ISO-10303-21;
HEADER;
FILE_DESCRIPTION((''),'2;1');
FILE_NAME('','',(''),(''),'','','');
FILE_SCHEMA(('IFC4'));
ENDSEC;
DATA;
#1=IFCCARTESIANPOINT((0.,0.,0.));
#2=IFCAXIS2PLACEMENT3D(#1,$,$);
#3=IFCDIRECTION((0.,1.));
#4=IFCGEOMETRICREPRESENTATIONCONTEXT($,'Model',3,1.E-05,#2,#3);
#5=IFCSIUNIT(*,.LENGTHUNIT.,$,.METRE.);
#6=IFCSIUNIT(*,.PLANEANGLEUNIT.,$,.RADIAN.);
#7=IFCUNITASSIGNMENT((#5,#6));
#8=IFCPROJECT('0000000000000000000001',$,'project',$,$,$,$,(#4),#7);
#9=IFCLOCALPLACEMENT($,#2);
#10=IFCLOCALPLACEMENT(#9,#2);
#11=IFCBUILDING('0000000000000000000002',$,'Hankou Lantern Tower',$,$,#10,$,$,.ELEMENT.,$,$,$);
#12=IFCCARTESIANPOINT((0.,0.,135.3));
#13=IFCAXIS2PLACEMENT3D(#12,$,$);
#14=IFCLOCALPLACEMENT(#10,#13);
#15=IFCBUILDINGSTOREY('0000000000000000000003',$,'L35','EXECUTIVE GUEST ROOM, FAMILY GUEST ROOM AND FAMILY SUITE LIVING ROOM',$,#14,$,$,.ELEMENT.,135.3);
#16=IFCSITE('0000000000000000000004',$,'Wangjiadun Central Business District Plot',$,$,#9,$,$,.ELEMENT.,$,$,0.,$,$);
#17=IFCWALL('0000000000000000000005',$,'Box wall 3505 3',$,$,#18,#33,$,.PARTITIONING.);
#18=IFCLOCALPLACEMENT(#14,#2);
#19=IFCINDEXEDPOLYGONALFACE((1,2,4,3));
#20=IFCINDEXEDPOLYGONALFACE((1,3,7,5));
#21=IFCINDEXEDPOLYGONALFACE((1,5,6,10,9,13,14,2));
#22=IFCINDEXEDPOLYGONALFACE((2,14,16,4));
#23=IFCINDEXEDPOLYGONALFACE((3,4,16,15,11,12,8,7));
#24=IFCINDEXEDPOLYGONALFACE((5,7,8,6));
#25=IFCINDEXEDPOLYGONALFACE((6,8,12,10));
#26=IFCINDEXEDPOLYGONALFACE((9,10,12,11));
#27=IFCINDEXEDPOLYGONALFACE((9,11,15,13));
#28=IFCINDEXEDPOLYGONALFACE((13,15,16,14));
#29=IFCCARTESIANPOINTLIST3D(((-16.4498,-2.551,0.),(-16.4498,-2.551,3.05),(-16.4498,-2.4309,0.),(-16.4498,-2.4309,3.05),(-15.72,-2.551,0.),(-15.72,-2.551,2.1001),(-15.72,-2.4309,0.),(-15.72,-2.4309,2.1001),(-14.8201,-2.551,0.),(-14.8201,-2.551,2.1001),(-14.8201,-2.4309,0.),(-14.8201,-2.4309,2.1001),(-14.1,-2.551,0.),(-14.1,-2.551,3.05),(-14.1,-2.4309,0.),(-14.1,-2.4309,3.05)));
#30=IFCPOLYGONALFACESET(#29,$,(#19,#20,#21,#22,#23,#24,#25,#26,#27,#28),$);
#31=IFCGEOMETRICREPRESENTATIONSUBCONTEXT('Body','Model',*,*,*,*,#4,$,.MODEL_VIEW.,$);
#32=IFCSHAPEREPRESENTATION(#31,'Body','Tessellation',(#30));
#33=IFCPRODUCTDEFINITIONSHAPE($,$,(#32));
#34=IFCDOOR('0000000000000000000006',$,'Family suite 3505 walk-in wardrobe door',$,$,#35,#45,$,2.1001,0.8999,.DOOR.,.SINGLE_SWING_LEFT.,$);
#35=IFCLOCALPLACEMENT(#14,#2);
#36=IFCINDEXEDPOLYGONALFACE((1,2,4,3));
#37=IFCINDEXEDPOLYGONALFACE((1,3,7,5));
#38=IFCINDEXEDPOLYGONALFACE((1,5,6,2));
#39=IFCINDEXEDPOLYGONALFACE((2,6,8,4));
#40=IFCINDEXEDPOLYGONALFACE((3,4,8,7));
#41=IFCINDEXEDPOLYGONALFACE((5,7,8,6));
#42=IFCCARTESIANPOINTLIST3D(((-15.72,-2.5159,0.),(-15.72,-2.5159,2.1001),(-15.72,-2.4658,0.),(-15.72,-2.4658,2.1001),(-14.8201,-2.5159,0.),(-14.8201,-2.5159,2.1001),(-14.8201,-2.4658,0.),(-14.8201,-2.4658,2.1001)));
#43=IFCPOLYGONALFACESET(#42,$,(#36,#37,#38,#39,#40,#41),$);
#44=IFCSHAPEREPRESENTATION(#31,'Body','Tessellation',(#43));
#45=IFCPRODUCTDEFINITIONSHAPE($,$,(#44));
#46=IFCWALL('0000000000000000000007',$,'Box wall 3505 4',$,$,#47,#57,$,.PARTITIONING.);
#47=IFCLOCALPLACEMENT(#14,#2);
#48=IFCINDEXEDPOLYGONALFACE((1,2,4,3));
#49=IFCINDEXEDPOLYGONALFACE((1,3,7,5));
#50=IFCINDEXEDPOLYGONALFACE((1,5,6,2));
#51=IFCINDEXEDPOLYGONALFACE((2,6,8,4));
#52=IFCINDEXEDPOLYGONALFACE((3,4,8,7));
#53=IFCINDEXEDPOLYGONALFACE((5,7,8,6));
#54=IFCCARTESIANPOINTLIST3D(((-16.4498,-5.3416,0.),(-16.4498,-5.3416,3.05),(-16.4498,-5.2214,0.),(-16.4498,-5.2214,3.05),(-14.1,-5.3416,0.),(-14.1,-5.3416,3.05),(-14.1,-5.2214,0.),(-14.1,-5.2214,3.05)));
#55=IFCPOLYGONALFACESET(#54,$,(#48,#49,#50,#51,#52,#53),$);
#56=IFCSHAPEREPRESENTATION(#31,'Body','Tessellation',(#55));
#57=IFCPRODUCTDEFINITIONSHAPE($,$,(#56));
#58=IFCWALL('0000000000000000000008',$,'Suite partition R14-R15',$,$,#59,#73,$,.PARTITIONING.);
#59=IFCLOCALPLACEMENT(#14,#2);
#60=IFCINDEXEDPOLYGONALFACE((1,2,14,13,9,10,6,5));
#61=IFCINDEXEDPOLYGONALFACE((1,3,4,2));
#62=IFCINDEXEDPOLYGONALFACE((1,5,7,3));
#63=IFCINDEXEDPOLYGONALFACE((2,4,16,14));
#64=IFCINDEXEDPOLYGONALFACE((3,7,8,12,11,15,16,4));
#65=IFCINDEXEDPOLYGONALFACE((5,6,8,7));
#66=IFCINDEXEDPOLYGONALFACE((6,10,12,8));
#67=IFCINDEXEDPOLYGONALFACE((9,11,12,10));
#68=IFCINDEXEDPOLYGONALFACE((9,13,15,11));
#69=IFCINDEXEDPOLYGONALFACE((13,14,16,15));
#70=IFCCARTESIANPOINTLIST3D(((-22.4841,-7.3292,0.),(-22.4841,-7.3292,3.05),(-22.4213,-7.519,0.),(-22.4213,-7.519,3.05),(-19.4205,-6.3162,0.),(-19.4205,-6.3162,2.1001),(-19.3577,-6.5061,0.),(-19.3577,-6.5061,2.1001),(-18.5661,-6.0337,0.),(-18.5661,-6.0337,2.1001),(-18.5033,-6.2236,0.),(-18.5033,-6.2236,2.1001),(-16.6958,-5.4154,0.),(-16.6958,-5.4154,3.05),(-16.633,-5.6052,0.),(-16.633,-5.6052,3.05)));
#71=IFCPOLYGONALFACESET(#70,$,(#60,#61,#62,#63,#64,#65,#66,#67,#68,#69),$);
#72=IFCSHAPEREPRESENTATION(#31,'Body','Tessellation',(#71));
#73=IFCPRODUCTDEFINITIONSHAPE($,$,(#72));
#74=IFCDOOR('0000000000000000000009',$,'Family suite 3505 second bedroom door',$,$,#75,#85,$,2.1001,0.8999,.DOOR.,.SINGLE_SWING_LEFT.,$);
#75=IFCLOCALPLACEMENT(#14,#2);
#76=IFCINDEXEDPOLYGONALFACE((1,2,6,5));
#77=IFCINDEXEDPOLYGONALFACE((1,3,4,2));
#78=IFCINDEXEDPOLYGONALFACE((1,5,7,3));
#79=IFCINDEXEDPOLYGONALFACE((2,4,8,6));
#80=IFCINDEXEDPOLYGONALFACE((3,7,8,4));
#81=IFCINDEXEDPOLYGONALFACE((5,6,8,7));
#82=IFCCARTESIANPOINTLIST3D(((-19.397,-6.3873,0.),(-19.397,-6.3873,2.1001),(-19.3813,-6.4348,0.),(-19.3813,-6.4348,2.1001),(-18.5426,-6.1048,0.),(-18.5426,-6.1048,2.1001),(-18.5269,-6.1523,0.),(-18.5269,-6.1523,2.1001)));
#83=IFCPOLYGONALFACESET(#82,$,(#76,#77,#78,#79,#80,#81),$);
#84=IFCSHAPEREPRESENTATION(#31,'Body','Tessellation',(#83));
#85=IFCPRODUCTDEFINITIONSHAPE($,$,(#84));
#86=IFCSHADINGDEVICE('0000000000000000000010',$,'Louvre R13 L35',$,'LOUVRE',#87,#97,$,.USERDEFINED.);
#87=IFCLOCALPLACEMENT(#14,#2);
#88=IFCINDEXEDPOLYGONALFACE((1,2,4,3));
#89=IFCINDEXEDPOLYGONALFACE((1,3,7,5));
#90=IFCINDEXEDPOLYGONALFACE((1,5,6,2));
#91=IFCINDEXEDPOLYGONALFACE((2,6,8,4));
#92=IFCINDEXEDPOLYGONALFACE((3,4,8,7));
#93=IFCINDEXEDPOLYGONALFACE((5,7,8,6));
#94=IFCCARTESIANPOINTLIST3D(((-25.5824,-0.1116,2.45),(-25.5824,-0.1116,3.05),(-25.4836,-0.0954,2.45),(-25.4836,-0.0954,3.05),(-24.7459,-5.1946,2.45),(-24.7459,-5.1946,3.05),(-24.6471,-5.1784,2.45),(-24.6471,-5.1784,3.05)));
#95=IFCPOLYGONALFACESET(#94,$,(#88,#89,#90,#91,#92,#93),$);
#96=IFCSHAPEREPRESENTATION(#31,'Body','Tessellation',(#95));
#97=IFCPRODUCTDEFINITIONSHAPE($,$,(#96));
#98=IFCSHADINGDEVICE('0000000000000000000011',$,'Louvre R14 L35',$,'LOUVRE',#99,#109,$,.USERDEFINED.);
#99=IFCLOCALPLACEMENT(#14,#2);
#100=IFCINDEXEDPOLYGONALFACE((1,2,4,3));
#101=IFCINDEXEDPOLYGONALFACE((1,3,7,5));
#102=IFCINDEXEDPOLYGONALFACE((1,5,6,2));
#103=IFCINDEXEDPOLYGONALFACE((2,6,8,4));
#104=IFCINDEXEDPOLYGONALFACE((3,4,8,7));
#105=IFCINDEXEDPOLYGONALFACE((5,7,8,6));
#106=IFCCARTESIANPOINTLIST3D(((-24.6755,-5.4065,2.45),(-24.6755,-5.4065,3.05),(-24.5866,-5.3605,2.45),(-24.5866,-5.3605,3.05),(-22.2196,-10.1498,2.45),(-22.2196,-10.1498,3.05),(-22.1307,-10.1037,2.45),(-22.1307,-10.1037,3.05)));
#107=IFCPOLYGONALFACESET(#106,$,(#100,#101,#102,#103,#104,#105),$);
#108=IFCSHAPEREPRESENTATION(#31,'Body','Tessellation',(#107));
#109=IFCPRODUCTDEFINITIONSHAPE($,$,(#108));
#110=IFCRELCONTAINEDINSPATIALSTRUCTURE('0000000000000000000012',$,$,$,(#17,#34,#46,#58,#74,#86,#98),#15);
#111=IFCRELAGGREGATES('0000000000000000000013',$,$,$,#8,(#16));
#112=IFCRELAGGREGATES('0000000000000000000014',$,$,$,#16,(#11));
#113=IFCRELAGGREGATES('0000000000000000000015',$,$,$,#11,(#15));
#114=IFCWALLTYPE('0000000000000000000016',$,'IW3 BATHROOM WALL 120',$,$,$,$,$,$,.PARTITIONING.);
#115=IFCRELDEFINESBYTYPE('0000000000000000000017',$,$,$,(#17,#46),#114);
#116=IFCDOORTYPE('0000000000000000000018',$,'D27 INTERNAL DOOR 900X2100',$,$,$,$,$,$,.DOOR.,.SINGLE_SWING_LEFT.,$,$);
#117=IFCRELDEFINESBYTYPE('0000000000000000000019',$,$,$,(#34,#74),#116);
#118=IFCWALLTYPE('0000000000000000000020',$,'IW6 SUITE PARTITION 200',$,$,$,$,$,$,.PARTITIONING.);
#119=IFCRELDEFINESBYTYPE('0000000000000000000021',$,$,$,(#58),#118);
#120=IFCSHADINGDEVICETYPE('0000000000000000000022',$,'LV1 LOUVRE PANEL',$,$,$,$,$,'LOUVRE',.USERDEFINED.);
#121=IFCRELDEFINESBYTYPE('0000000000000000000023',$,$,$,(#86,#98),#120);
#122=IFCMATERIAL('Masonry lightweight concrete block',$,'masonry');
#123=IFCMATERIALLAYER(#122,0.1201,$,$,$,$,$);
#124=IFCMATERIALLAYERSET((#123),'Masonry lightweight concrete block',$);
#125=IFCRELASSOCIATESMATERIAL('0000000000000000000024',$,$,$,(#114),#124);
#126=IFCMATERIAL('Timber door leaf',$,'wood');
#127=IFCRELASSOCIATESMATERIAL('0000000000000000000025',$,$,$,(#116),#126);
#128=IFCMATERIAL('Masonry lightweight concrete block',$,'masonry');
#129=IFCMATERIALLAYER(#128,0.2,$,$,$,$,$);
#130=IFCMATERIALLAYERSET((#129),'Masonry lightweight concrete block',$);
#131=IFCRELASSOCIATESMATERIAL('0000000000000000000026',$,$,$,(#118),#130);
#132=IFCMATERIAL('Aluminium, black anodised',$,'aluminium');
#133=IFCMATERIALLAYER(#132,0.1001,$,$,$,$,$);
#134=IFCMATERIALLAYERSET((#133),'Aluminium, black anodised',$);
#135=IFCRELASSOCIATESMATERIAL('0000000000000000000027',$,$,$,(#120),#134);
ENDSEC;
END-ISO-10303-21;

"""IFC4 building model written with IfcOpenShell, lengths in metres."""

from ifc_helpers import new_model, si_unit, direction, frame, frame_2d, origin, origin_2d, place, context, subcontext, project, spatial, rectangle, extrude, material, layer, layer_set, type_object, element, fill, save


model = new_model("IFC4")

# Units and contexts
model_context = context("Model", 3, precision=1e-05, world=origin(), true_north=direction((0.0, 1.0)))
body_context = subcontext(model_context, "Body", "Model", "MODEL_VIEW")
ifc_project = project(units=[si_unit("LENGTHUNIT", "METRE"), si_unit("PLANEANGLEUNIT", "RADIAN")], contexts=[model_context])

# Site, building, storey
site_placement = place(None, origin())
site = spatial("IfcSite", under=ifc_project, at=site_placement, Name="Wangjiadun Central Business District Plot", CompositionType="ELEMENT", RefElevation=0.0)
building_placement = place(site_placement, origin())
building = spatial("IfcBuilding", under=site, at=building_placement, Name="Hankou Lantern Tower", CompositionType="ELEMENT")
storey_placement = place(building_placement, frame((0.0, 0.0, 135.3)))
storey = spatial("IfcBuildingStorey", under=building, at=storey_placement, Name="L35", Description="EXECUTIVE GUEST ROOM, FAMILY GUEST ROOM AND FAMILY SUITE LIVING ROOM", CompositionType="ELEMENT", Elevation=135.3)

# Shared definitions
ifc_material_1 = material(Name="Masonry lightweight concrete block", Category="masonry")
ifc_layer_1 = layer(ifc_material_1, 0.1201)
ifc_layer_set_1 = layer_set([ifc_layer_1], Name="Masonry lightweight concrete block")
wall_type_1 = type_object("IfcWallType", Name="IW3 BATHROOM WALL 120", PredefinedType="PARTITIONING", material=ifc_layer_set_1)

# Wall, opening, door
wall_1_placement = place(storey_placement, frame((-14.1001, -2.491, 0.0), z_axis=(0.0, 0.0, 1.0), x_axis=(-1.0, 0.0, 0.0)))
wall_1 = element("IfcWall", 1, at=wall_1_placement, inside=storey, type_object=wall_type_1, Name="Box wall 3505 3", PredefinedType="PARTITIONING", context=body_context, shape_type="SweptSolid", body=[
    extrude(rectangle(XDim=2.3499, YDim=0.1201, at=frame_2d((1.1748, 0.0))), origin(), (0.0, 0.0, 1.0), 3.05),
])
opening_1_placement = place(wall_1_placement, frame((0.72, 0.0, 0.0)))
opening_1 = element("IfcOpeningElement", 2, at=opening_1_placement, cuts=wall_1, PredefinedType="OPENING", context=body_context, shape_type="SweptSolid", body=[
    extrude(rectangle(XDim=0.8999, YDim=2.1001, at=frame_2d((0.45, 1.05))), frame((0.0, 0.0701, 0.0), z_axis=(0.0, -1.0, 0.0), x_axis=(1.0, 0.0, 0.0)), (0.0, 0.0, 1.0), 0.1401),
])
ifc_material_2 = material(Name="Timber door leaf", Category="wood")
door_type_1 = type_object("IfcDoorType", Name="D27 INTERNAL DOOR 900X2100", OperationType="SINGLE_SWING_LEFT", PredefinedType="DOOR", material=ifc_material_2)
door_1_placement = place(opening_1_placement, origin())
door_1 = element("IfcDoor", 3, at=door_1_placement, inside=storey, type_object=door_type_1, Name="Family suite 3505 walk-in wardrobe door", OperationType="SINGLE_SWING_LEFT", OverallHeight=2.1001, OverallWidth=0.8999, PredefinedType="DOOR", context=body_context, shape_type="SweptSolid", body=[
    extrude(rectangle(XDim=0.8999, YDim=2.1001, at=frame_2d((0.45, 1.05))), frame((0.0, 0.0249, 0.0), z_axis=(0.0, -1.0, 0.0), x_axis=(1.0, 0.0, 0.0)), (0.0, 0.0, 1.0), 0.05),
])
fill(opening_1, door_1)

# Wall
wall_2_placement = place(storey_placement, frame((-14.1001, -5.2815, 0.0), z_axis=(0.0, 0.0, 1.0), x_axis=(-1.0, 0.0, 0.0)))
element("IfcWall", 4, at=wall_2_placement, inside=storey, type_object=wall_type_1, Name="Box wall 3505 4", PredefinedType="PARTITIONING", context=body_context, shape_type="SweptSolid", body=[
    extrude(rectangle(XDim=2.3499, YDim=0.1201, at=frame_2d((1.1748, 0.0))), origin(), (0.0, 0.0, 1.0), 3.05),
])

# Wall, opening, door
ifc_material_3 = material(Name="Masonry lightweight concrete block", Category="masonry")
ifc_layer_2 = layer(ifc_material_3, 0.2)
ifc_layer_set_2 = layer_set([ifc_layer_2], Name="Masonry lightweight concrete block")
wall_type_2 = type_object("IfcWallType", Name="IW6 SUITE PARTITION 200", PredefinedType="PARTITIONING", material=ifc_layer_set_2)
wall_3_placement = place(storey_placement, frame((-16.6643, -5.5103, 0.0), z_axis=(0.0, 0.0, 1.0), x_axis=(-0.949449, -0.31392, 0.0)))
wall_3 = element("IfcWall", 5, at=wall_3_placement, inside=storey, type_object=wall_type_2, Name="Suite partition R14-R15", PredefinedType="PARTITIONING", context=body_context, shape_type="SweptSolid", body=[
    extrude(rectangle(XDim=6.0964, YDim=0.2, at=frame_2d((3.0483, 0.0))), origin(), (0.0, 0.0, 1.0), 3.05),
])
opening_2_placement = place(wall_3_placement, frame((1.97, 0.0, 0.0)))
opening_2 = element("IfcOpeningElement", 6, at=opening_2_placement, cuts=wall_3, PredefinedType="OPENING", context=body_context, shape_type="SweptSolid", body=[
    extrude(rectangle(XDim=0.8999, YDim=2.1001, at=frame_2d((0.45, 1.05))), frame((0.0, 0.1099, 0.0), z_axis=(0.0, -1.0, 0.0), x_axis=(1.0, 0.0, 0.0)), (0.0, 0.0, 1.0), 0.22),
])
door_2_placement = place(opening_2_placement, origin())
door_2 = element("IfcDoor", 7, at=door_2_placement, inside=storey, type_object=door_type_1, Name="Family suite 3505 second bedroom door", OperationType="SINGLE_SWING_LEFT", OverallHeight=2.1001, OverallWidth=0.8999, PredefinedType="DOOR", context=body_context, shape_type="SweptSolid", body=[
    extrude(rectangle(XDim=0.8999, YDim=2.1001, at=frame_2d((0.45, 1.05))), frame((0.0, 0.0249, 0.0), z_axis=(0.0, -1.0, 0.0), x_axis=(1.0, 0.0, 0.0)), (0.0, 0.0, 1.0), 0.05),
])
fill(opening_2, door_2)

# Shading devices
ifc_material_4 = material(Name="Aluminium, black anodised", Category="aluminium")
ifc_layer_3 = layer(ifc_material_4, 0.1001)
ifc_layer_set_3 = layer_set([ifc_layer_3], Name="Aluminium, black anodised")
shading_device_type = type_object("IfcShadingDeviceType", Name="LV1 LOUVRE PANEL", ElementType="LOUVRE", PredefinedType="USERDEFINED", material=ifc_layer_set_3)
shading_device_1_placement = place(storey_placement, frame((-25.1147, -2.645, 2.45), z_axis=(0.0, 0.0, 1.0), x_axis=(0.162382, -0.986728, 0.0)))
element("IfcShadingDevice", 8, at=shading_device_1_placement, inside=storey, type_object=shading_device_type, Name="Louvre R13 L35", ObjectType="LOUVRE", PredefinedType="USERDEFINED", context=body_context, shape_type="SweptSolid", body=[
    extrude(rectangle(XDim=5.1514, YDim=0.1001, at=origin_2d()), origin(), (0.0, 0.0, 1.0), 0.6001),
])
shading_device_2_placement = place(storey_placement, frame((-23.4031, -7.7551, 2.45), z_axis=(0.0, 0.0, 1.0), x_axis=(0.459791, -0.888027, 0.0)))
element("IfcShadingDevice", 9, at=shading_device_2_placement, inside=storey, type_object=shading_device_type, Name="Louvre R14 L35", ObjectType="LOUVRE", PredefinedType="USERDEFINED", context=body_context, shape_type="SweptSolid", body=[
    extrude(rectangle(XDim=5.3413, YDim=0.1001, at=origin_2d()), origin(), (0.0, 0.0, 1.0), 0.6001),
])

save(model, "model.ifc")
